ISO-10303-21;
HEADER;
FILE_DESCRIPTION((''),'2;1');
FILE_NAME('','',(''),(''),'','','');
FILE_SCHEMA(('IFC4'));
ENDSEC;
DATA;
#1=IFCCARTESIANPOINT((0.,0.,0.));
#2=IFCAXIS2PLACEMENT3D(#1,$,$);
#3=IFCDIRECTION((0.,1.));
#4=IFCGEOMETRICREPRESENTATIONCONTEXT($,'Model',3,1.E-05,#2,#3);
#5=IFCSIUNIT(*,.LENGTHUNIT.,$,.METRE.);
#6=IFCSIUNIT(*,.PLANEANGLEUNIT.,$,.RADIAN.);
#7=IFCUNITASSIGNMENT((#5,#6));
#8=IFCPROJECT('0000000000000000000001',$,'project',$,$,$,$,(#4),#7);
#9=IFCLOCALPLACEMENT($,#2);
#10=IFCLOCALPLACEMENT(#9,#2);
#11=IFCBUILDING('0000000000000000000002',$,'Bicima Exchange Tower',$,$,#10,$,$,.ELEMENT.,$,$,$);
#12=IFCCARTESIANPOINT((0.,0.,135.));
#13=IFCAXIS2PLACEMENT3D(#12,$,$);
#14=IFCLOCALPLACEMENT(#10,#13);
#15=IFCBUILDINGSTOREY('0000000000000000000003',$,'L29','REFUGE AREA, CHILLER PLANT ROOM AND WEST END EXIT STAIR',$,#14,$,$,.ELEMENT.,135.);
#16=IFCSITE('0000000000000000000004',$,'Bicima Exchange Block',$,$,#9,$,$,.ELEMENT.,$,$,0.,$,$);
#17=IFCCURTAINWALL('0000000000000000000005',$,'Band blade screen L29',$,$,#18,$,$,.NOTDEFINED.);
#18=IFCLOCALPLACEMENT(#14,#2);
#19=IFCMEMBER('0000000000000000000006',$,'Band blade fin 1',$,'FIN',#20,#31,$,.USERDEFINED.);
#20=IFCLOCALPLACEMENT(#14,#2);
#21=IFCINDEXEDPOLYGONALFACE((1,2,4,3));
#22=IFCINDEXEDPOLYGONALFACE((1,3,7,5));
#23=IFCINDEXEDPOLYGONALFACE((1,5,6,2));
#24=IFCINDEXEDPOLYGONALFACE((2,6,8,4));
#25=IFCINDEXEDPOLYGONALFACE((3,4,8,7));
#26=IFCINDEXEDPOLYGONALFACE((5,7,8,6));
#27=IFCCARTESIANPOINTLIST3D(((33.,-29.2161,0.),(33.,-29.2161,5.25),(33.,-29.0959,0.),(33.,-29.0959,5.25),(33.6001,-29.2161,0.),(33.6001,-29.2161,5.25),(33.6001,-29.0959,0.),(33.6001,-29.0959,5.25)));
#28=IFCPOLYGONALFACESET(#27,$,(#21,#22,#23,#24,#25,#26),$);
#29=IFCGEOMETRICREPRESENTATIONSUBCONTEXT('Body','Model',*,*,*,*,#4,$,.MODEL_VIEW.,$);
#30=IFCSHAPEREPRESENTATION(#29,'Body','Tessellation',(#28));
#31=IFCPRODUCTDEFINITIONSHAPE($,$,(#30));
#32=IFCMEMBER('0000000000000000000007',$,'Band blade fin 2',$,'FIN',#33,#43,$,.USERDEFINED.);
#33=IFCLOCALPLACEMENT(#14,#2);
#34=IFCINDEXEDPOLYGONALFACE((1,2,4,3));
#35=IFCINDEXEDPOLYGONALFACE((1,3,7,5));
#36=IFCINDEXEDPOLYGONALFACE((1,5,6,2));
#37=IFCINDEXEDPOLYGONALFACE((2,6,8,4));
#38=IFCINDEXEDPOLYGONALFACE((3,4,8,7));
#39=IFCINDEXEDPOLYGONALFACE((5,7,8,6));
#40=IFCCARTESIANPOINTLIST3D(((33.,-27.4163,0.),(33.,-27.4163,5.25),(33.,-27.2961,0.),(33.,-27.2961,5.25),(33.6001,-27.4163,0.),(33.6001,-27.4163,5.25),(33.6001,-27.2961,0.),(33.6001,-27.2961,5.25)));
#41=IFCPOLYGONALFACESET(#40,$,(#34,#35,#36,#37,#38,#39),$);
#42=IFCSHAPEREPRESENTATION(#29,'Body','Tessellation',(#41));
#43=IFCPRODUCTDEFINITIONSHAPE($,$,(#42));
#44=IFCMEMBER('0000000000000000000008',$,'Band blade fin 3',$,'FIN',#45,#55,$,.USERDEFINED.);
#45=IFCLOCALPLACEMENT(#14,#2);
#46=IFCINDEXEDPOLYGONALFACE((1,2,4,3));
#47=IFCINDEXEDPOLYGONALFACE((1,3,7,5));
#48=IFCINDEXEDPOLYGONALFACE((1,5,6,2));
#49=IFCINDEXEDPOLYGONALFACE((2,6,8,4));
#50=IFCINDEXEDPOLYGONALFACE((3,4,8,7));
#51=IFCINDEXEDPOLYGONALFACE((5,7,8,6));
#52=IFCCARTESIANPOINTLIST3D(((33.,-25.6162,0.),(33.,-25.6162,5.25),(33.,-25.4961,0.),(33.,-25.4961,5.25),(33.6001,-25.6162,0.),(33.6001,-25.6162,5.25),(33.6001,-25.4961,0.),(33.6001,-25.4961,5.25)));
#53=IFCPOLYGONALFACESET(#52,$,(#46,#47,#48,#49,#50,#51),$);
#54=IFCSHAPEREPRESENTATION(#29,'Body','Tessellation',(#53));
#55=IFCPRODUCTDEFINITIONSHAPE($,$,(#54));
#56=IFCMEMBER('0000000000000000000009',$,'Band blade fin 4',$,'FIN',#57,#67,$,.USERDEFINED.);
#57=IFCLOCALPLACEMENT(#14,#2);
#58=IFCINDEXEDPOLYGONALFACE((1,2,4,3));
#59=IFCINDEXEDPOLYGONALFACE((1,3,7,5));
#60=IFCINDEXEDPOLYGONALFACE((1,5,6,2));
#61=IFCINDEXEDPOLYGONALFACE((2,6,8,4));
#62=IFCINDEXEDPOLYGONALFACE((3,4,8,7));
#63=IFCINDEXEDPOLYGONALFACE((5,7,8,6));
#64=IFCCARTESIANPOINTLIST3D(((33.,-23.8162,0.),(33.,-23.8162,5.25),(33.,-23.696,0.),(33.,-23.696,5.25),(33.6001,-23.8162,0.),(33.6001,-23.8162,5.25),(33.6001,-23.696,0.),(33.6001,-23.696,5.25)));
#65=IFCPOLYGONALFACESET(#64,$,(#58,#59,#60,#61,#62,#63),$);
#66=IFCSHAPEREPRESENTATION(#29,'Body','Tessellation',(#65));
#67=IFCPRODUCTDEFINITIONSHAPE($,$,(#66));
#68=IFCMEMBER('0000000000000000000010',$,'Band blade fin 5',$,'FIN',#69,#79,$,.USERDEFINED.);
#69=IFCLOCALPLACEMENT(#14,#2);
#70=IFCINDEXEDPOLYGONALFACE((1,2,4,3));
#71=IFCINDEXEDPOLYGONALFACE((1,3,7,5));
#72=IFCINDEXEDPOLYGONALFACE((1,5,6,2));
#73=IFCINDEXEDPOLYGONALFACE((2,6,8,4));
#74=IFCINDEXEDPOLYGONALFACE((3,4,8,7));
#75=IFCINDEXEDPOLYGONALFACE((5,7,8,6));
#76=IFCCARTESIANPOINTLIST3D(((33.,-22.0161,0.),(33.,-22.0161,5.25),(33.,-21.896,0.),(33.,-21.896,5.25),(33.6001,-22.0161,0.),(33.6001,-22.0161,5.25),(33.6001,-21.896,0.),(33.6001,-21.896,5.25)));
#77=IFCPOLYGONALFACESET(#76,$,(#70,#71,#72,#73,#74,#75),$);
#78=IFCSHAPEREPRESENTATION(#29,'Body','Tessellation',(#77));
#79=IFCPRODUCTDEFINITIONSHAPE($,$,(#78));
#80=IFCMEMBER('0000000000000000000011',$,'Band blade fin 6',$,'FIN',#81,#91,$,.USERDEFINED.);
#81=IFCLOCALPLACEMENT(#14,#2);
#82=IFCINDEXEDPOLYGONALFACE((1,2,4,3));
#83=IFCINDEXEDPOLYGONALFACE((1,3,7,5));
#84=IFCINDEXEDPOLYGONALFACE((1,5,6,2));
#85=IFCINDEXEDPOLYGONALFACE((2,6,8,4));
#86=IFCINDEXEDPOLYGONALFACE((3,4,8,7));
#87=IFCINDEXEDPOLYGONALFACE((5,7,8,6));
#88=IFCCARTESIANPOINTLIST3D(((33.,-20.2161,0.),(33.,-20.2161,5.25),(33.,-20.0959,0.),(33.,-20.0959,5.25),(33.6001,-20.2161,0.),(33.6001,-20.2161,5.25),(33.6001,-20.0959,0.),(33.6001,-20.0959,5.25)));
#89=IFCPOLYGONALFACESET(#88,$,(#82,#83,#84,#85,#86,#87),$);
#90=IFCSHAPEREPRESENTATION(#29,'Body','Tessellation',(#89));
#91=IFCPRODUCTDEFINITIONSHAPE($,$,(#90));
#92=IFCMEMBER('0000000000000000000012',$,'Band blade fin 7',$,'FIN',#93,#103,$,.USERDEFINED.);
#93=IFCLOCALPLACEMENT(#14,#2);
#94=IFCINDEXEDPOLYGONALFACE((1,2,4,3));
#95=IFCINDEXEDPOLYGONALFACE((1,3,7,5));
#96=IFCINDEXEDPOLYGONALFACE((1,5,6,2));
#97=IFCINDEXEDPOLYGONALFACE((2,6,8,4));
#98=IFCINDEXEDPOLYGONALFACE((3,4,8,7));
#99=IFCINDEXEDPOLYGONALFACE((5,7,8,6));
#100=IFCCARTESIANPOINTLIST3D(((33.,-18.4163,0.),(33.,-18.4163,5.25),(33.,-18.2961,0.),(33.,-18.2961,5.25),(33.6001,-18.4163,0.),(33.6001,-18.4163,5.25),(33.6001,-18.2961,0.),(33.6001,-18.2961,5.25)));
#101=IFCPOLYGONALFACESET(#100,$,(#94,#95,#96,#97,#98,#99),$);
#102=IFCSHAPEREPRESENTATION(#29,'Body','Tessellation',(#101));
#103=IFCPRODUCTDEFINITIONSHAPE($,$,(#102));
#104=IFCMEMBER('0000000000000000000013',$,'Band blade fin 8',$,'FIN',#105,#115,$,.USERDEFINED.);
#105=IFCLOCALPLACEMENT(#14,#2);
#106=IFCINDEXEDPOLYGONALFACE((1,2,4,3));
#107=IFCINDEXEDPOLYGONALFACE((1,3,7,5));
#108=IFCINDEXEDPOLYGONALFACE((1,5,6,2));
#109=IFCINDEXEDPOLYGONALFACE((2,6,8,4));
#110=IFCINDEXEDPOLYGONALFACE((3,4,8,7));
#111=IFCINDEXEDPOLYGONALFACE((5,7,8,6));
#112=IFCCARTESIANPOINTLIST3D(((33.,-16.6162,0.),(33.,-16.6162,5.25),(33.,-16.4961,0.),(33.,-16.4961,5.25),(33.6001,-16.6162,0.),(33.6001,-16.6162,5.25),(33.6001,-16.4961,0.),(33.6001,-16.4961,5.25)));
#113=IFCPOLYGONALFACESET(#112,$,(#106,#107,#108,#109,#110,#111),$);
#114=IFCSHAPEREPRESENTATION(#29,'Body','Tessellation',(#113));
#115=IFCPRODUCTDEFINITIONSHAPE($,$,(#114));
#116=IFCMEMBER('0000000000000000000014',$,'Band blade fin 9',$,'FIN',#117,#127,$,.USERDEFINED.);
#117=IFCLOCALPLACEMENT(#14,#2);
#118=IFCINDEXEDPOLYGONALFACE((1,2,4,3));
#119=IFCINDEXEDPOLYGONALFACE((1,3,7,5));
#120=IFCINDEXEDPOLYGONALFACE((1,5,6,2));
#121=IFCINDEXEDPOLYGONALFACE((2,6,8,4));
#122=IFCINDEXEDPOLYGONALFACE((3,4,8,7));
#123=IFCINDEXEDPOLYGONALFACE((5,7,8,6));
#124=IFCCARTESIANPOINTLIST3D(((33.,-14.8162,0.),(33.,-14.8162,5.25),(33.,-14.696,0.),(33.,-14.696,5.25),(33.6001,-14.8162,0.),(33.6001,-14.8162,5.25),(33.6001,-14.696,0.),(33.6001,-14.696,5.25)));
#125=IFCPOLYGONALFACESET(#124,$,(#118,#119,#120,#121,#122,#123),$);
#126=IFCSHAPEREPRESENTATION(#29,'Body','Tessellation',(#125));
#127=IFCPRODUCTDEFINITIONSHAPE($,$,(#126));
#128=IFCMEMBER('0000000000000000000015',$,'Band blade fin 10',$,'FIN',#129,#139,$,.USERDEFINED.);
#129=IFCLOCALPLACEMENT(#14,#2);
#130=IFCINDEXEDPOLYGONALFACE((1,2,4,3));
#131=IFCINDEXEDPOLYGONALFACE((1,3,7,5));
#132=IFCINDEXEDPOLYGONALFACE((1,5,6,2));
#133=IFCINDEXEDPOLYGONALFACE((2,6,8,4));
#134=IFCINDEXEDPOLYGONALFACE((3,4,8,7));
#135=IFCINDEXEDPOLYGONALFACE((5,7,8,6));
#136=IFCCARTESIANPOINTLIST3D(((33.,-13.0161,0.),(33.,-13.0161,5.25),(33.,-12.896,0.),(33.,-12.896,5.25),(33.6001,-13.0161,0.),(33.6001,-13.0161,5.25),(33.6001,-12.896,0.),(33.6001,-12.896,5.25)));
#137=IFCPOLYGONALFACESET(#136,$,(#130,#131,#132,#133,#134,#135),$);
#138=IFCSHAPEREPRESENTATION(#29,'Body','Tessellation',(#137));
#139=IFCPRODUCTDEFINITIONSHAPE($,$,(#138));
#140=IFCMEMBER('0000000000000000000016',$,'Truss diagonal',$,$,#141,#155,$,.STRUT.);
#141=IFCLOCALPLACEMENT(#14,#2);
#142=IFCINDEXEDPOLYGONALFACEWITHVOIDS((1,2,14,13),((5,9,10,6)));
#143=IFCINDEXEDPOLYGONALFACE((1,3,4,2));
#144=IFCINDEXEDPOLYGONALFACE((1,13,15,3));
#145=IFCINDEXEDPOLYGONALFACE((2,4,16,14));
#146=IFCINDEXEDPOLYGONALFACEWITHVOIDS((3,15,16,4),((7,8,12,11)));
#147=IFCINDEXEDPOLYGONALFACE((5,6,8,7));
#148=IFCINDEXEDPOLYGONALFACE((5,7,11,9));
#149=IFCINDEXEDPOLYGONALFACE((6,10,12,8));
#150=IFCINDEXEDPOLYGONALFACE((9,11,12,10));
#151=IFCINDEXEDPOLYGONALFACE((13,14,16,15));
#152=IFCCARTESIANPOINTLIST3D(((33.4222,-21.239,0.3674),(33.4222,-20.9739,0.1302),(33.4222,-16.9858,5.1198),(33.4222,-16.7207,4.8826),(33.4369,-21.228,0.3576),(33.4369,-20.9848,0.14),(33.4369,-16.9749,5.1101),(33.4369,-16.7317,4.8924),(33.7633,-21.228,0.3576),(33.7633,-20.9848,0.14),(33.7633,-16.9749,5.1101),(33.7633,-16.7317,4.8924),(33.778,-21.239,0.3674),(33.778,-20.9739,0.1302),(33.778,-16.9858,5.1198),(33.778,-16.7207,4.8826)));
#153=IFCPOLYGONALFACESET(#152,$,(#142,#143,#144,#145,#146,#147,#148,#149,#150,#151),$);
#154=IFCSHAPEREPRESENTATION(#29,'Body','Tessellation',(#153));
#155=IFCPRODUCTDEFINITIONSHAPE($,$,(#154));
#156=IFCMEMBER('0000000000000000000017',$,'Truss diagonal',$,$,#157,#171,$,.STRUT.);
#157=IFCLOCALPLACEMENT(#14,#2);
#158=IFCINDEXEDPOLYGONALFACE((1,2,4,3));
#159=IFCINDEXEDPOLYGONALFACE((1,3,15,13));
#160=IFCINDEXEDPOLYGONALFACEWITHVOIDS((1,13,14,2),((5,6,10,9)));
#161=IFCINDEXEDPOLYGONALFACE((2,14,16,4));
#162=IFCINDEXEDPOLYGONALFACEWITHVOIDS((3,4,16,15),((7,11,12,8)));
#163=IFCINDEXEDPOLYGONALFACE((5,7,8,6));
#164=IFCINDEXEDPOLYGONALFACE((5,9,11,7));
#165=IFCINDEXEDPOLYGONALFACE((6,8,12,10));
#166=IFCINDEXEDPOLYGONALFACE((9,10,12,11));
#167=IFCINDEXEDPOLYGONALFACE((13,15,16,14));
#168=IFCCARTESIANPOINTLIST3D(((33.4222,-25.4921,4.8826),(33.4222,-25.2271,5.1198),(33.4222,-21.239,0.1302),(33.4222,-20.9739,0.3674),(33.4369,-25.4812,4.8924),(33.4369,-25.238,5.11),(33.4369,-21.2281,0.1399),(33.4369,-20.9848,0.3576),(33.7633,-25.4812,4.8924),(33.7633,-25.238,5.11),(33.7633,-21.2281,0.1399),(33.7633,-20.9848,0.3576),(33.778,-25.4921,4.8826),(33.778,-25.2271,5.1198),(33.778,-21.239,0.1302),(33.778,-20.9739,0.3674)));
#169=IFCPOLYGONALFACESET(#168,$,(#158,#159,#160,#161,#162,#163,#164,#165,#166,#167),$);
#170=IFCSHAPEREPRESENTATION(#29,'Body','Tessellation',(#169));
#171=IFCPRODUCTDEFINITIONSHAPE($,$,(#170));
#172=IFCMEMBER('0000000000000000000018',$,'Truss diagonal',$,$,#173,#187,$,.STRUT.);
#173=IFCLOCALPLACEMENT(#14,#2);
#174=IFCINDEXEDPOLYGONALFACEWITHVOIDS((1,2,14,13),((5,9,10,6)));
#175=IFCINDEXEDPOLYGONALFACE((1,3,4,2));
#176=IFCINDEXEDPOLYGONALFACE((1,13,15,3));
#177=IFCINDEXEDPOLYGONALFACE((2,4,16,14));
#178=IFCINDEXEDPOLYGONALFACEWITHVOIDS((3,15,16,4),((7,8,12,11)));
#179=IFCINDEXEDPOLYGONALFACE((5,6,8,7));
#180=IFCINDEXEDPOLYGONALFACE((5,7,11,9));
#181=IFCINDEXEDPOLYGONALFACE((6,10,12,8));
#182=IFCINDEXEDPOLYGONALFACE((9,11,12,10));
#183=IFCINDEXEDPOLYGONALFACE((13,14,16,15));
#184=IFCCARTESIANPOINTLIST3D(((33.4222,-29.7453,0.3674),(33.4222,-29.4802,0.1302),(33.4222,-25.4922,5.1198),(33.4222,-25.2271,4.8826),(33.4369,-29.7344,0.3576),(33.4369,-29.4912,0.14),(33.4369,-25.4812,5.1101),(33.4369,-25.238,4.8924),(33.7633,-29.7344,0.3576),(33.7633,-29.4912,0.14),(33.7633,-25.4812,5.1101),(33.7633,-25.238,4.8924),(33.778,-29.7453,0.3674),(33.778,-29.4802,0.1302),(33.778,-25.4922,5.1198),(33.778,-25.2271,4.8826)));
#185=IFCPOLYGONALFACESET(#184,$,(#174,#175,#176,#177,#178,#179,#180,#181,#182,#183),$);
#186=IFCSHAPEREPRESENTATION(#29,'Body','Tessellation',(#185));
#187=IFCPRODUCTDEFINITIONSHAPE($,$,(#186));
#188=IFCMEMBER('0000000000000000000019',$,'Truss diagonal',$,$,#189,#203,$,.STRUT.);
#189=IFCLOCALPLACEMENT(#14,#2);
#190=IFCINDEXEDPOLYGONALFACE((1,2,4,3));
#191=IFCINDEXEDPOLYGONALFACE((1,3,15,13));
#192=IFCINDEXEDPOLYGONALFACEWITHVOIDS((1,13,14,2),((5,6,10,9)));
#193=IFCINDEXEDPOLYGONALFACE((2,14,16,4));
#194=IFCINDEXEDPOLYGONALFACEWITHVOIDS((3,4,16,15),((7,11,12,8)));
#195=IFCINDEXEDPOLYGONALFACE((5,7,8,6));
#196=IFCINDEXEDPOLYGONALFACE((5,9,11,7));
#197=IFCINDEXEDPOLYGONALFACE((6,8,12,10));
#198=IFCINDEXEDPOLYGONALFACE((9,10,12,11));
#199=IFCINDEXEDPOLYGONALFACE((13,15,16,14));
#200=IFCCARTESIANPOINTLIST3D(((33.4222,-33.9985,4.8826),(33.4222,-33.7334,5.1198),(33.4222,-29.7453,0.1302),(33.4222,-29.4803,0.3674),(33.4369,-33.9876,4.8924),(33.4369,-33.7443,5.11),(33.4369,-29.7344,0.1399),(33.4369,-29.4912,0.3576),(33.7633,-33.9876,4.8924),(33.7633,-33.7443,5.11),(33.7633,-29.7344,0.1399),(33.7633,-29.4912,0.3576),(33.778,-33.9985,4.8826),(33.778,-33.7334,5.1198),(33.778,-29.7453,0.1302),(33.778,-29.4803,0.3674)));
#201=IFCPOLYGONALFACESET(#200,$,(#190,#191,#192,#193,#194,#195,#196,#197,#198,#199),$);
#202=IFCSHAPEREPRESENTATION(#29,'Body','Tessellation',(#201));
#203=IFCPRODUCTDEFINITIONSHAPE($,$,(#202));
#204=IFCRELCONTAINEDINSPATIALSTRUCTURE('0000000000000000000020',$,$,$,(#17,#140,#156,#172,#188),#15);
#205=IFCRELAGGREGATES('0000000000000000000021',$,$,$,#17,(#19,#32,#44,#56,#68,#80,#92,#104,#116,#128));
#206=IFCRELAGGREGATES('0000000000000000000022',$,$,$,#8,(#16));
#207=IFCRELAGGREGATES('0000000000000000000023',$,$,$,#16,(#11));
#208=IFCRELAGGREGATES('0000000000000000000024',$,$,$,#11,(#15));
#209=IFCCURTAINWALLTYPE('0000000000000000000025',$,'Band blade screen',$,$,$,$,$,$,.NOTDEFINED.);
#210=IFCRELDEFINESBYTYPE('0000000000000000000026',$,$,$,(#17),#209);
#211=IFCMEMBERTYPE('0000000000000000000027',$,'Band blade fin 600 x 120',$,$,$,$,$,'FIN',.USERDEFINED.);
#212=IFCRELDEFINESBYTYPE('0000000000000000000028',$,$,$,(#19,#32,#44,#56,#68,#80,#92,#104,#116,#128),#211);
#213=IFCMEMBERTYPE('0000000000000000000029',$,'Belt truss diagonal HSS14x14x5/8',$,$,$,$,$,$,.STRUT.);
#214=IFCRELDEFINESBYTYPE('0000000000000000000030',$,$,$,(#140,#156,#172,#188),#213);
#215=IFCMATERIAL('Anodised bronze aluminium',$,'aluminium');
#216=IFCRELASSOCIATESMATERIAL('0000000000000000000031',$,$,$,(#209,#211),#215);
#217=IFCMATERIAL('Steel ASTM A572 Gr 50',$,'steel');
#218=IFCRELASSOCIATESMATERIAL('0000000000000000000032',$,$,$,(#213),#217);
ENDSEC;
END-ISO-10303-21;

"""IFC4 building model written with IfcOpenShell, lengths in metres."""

from ifc_helpers import new_model, si_unit, direction, frame, origin, origin_2d, place, context, subcontext, project, spatial, rectangle, hollow_rectangle, extrude, material, material_profile, profile_set, type_object, element, aggregate, save


model = new_model("IFC4")

# Units and contexts
model_context = context("Model", 3, precision=1e-05, world=origin(), true_north=direction((0.0, 1.0)))
body_context = subcontext(model_context, "Body", "Model", "MODEL_VIEW")
ifc_project = project(units=[si_unit("LENGTHUNIT", "METRE"), si_unit("PLANEANGLEUNIT", "RADIAN")], contexts=[model_context])

# Site, building, storey
site_placement = place(None, origin())
site = spatial("IfcSite", under=ifc_project, at=site_placement, Name="Bicima Exchange Block", CompositionType="ELEMENT", RefElevation=0.0)
building_placement = place(site_placement, origin())
building = spatial("IfcBuilding", under=site, at=building_placement, Name="Bicima Exchange Tower", CompositionType="ELEMENT")
storey_placement = place(building_placement, frame((0.0, 0.0, 135.0)))
storey = spatial("IfcBuildingStorey", under=building, at=storey_placement, Name="L29", Description="REFUGE AREA, CHILLER PLANT ROOM AND WEST END EXIT STAIR", CompositionType="ELEMENT", Elevation=135.0)

# Curtain wall, members
ifc_material_1 = material(Name="Anodised bronze aluminium", Category="aluminium")
curtain_wall_type = type_object("IfcCurtainWallType", Name="Band blade screen", PredefinedType="NOTDEFINED", material=ifc_material_1)
curtain_wall_placement = place(storey_placement, origin())
curtain_wall = element("IfcCurtainWall", 1, at=curtain_wall_placement, inside=storey, type_object=curtain_wall_type, Name="Band blade screen L29", PredefinedType="NOTDEFINED")
ifc_material_profile_1 = material_profile(ifc_material_1, rectangle(XDim=0.6001, YDim=0.1201, at=origin_2d()))
ifc_profile_set_1 = profile_set([ifc_material_profile_1], Name="Anodised bronze aluminium")
member_type_1 = type_object("IfcMemberType", Name="Band blade fin 600 x 120", ElementType="FIN", PredefinedType="USERDEFINED", material=ifc_profile_set_1)
member_1_placement = place(storey_placement, frame((33.3, -29.156, 0.0), z_axis=(0.0, 0.0, 1.0), x_axis=(-1.0, 0.0, 0.0)))
member_1 = element("IfcMember", 2, at=member_1_placement, type_object=member_type_1, Name="Band blade fin 1", ObjectType="FIN", PredefinedType="USERDEFINED", context=body_context, shape_type="SweptSolid", body=[
    extrude(rectangle(XDim=0.6001, YDim=0.1201, at=origin_2d()), origin(), (0.0, 0.0, 1.0), 5.25),
])
member_2_placement = place(storey_placement, frame((33.3, -27.3562, 0.0), z_axis=(0.0, 0.0, 1.0), x_axis=(-1.0, 0.0, 0.0)))
member_2 = element("IfcMember", 3, at=member_2_placement, type_object=member_type_1, Name="Band blade fin 2", ObjectType="FIN", PredefinedType="USERDEFINED", context=body_context, shape_type="SweptSolid", body=[
    extrude(rectangle(XDim=0.6001, YDim=0.1201, at=origin_2d()), origin(), (0.0, 0.0, 1.0), 5.25),
])
member_3_placement = place(storey_placement, frame((33.3, -25.5562, 0.0), z_axis=(0.0, 0.0, 1.0), x_axis=(-1.0, 0.0, 0.0)))
member_3 = element("IfcMember", 4, at=member_3_placement, type_object=member_type_1, Name="Band blade fin 3", ObjectType="FIN", PredefinedType="USERDEFINED", context=body_context, shape_type="SweptSolid", body=[
    extrude(rectangle(XDim=0.6001, YDim=0.1201, at=origin_2d()), origin(), (0.0, 0.0, 1.0), 5.25),
])
member_4_placement = place(storey_placement, frame((33.3, -23.7561, 0.0), z_axis=(0.0, 0.0, 1.0), x_axis=(-1.0, 0.0, 0.0)))
member_4 = element("IfcMember", 5, at=member_4_placement, type_object=member_type_1, Name="Band blade fin 4", ObjectType="FIN", PredefinedType="USERDEFINED", context=body_context, shape_type="SweptSolid", body=[
    extrude(rectangle(XDim=0.6001, YDim=0.1201, at=origin_2d()), origin(), (0.0, 0.0, 1.0), 5.25),
])
member_5_placement = place(storey_placement, frame((33.3, -21.9561, 0.0), z_axis=(0.0, 0.0, 1.0), x_axis=(-1.0, 0.0, 0.0)))
member_5 = element("IfcMember", 6, at=member_5_placement, type_object=member_type_1, Name="Band blade fin 5", ObjectType="FIN", PredefinedType="USERDEFINED", context=body_context, shape_type="SweptSolid", body=[
    extrude(rectangle(XDim=0.6001, YDim=0.1201, at=origin_2d()), origin(), (0.0, 0.0, 1.0), 5.25),
])
member_6_placement = place(storey_placement, frame((33.3, -20.156, 0.0), z_axis=(0.0, 0.0, 1.0), x_axis=(-1.0, 0.0, 0.0)))
member_6 = element("IfcMember", 7, at=member_6_placement, type_object=member_type_1, Name="Band blade fin 6", ObjectType="FIN", PredefinedType="USERDEFINED", context=body_context, shape_type="SweptSolid", body=[
    extrude(rectangle(XDim=0.6001, YDim=0.1201, at=origin_2d()), origin(), (0.0, 0.0, 1.0), 5.25),
])
member_7_placement = place(storey_placement, frame((33.3, -18.3562, 0.0), z_axis=(0.0, 0.0, 1.0), x_axis=(-1.0, 0.0, 0.0)))
member_7 = element("IfcMember", 8, at=member_7_placement, type_object=member_type_1, Name="Band blade fin 7", ObjectType="FIN", PredefinedType="USERDEFINED", context=body_context, shape_type="SweptSolid", body=[
    extrude(rectangle(XDim=0.6001, YDim=0.1201, at=origin_2d()), origin(), (0.0, 0.0, 1.0), 5.25),
])
member_8_placement = place(storey_placement, frame((33.3, -16.5562, 0.0), z_axis=(0.0, 0.0, 1.0), x_axis=(-1.0, 0.0, 0.0)))
member_8 = element("IfcMember", 9, at=member_8_placement, type_object=member_type_1, Name="Band blade fin 8", ObjectType="FIN", PredefinedType="USERDEFINED", context=body_context, shape_type="SweptSolid", body=[
    extrude(rectangle(XDim=0.6001, YDim=0.1201, at=origin_2d()), origin(), (0.0, 0.0, 1.0), 5.25),
])
member_9_placement = place(storey_placement, frame((33.3, -14.7561, 0.0), z_axis=(0.0, 0.0, 1.0), x_axis=(-1.0, 0.0, 0.0)))
member_9 = element("IfcMember", 10, at=member_9_placement, type_object=member_type_1, Name="Band blade fin 9", ObjectType="FIN", PredefinedType="USERDEFINED", context=body_context, shape_type="SweptSolid", body=[
    extrude(rectangle(XDim=0.6001, YDim=0.1201, at=origin_2d()), origin(), (0.0, 0.0, 1.0), 5.25),
])
member_10_placement = place(storey_placement, frame((33.3, -12.9561, 0.0), z_axis=(0.0, 0.0, 1.0), x_axis=(-1.0, 0.0, 0.0)))
member_10 = element("IfcMember", 11, at=member_10_placement, type_object=member_type_1, Name="Band blade fin 10", ObjectType="FIN", PredefinedType="USERDEFINED", context=body_context, shape_type="SweptSolid", body=[
    extrude(rectangle(XDim=0.6001, YDim=0.1201, at=origin_2d()), origin(), (0.0, 0.0, 1.0), 5.25),
])
aggregate(curtain_wall, [member_1, member_2, member_3, member_4, member_5, member_6, member_7, member_8, member_9, member_10])

# Members
ifc_material_2 = material(Name="Steel ASTM A572 Gr 50", Category="steel")
ifc_material_profile_2 = material_profile(ifc_material_2, hollow_rectangle(XDim=0.3557, YDim=0.3557, WallThickness=0.0146, at=origin_2d()))
ifc_profile_set_2 = profile_set([ifc_material_profile_2], Name="Steel ASTM A572 Gr 50")
member_type_2 = type_object("IfcMemberType", Name="Belt truss diagonal HSS14x14x5/8", PredefinedType="STRUT", material=ifc_profile_set_2)
for number, where, z_axis, x_axis, name in (
    (12, (33.6001, -16.8533, 5.0012), (0.0, -0.666881, -0.745164), (1.0, 0.0, 0.0), "Truss diagonal"),
    (13, (33.6001, -21.1064, 0.2488), (0.0, -0.666881, 0.745164), (1.0, 0.0, 0.0), "Truss diagonal"),
    (14, (33.6001, -25.3596, 5.0012), (0.0, -0.666881, -0.745164), (1.0, 0.0, 0.0), "Truss diagonal"),
    (15, (33.6001, -29.6128, 0.2488), (0.0, -0.666881, 0.745164), (1.0, 0.0, 0.0), "Truss diagonal"),
):
    element("IfcMember", number, at=place(storey_placement, frame(where, z_axis=z_axis, x_axis=x_axis)), inside=storey, type_object=member_type_2, Name=name, PredefinedType="STRUT", context=body_context, shape_type="SweptSolid", body=[
        extrude(hollow_rectangle(XDim=0.3557, YDim=0.3557, WallThickness=0.0146, at=origin_2d()), origin(), (0.0, 0.0, 1.0), 6.3777),
    ])

save(model, "model.ifc")
